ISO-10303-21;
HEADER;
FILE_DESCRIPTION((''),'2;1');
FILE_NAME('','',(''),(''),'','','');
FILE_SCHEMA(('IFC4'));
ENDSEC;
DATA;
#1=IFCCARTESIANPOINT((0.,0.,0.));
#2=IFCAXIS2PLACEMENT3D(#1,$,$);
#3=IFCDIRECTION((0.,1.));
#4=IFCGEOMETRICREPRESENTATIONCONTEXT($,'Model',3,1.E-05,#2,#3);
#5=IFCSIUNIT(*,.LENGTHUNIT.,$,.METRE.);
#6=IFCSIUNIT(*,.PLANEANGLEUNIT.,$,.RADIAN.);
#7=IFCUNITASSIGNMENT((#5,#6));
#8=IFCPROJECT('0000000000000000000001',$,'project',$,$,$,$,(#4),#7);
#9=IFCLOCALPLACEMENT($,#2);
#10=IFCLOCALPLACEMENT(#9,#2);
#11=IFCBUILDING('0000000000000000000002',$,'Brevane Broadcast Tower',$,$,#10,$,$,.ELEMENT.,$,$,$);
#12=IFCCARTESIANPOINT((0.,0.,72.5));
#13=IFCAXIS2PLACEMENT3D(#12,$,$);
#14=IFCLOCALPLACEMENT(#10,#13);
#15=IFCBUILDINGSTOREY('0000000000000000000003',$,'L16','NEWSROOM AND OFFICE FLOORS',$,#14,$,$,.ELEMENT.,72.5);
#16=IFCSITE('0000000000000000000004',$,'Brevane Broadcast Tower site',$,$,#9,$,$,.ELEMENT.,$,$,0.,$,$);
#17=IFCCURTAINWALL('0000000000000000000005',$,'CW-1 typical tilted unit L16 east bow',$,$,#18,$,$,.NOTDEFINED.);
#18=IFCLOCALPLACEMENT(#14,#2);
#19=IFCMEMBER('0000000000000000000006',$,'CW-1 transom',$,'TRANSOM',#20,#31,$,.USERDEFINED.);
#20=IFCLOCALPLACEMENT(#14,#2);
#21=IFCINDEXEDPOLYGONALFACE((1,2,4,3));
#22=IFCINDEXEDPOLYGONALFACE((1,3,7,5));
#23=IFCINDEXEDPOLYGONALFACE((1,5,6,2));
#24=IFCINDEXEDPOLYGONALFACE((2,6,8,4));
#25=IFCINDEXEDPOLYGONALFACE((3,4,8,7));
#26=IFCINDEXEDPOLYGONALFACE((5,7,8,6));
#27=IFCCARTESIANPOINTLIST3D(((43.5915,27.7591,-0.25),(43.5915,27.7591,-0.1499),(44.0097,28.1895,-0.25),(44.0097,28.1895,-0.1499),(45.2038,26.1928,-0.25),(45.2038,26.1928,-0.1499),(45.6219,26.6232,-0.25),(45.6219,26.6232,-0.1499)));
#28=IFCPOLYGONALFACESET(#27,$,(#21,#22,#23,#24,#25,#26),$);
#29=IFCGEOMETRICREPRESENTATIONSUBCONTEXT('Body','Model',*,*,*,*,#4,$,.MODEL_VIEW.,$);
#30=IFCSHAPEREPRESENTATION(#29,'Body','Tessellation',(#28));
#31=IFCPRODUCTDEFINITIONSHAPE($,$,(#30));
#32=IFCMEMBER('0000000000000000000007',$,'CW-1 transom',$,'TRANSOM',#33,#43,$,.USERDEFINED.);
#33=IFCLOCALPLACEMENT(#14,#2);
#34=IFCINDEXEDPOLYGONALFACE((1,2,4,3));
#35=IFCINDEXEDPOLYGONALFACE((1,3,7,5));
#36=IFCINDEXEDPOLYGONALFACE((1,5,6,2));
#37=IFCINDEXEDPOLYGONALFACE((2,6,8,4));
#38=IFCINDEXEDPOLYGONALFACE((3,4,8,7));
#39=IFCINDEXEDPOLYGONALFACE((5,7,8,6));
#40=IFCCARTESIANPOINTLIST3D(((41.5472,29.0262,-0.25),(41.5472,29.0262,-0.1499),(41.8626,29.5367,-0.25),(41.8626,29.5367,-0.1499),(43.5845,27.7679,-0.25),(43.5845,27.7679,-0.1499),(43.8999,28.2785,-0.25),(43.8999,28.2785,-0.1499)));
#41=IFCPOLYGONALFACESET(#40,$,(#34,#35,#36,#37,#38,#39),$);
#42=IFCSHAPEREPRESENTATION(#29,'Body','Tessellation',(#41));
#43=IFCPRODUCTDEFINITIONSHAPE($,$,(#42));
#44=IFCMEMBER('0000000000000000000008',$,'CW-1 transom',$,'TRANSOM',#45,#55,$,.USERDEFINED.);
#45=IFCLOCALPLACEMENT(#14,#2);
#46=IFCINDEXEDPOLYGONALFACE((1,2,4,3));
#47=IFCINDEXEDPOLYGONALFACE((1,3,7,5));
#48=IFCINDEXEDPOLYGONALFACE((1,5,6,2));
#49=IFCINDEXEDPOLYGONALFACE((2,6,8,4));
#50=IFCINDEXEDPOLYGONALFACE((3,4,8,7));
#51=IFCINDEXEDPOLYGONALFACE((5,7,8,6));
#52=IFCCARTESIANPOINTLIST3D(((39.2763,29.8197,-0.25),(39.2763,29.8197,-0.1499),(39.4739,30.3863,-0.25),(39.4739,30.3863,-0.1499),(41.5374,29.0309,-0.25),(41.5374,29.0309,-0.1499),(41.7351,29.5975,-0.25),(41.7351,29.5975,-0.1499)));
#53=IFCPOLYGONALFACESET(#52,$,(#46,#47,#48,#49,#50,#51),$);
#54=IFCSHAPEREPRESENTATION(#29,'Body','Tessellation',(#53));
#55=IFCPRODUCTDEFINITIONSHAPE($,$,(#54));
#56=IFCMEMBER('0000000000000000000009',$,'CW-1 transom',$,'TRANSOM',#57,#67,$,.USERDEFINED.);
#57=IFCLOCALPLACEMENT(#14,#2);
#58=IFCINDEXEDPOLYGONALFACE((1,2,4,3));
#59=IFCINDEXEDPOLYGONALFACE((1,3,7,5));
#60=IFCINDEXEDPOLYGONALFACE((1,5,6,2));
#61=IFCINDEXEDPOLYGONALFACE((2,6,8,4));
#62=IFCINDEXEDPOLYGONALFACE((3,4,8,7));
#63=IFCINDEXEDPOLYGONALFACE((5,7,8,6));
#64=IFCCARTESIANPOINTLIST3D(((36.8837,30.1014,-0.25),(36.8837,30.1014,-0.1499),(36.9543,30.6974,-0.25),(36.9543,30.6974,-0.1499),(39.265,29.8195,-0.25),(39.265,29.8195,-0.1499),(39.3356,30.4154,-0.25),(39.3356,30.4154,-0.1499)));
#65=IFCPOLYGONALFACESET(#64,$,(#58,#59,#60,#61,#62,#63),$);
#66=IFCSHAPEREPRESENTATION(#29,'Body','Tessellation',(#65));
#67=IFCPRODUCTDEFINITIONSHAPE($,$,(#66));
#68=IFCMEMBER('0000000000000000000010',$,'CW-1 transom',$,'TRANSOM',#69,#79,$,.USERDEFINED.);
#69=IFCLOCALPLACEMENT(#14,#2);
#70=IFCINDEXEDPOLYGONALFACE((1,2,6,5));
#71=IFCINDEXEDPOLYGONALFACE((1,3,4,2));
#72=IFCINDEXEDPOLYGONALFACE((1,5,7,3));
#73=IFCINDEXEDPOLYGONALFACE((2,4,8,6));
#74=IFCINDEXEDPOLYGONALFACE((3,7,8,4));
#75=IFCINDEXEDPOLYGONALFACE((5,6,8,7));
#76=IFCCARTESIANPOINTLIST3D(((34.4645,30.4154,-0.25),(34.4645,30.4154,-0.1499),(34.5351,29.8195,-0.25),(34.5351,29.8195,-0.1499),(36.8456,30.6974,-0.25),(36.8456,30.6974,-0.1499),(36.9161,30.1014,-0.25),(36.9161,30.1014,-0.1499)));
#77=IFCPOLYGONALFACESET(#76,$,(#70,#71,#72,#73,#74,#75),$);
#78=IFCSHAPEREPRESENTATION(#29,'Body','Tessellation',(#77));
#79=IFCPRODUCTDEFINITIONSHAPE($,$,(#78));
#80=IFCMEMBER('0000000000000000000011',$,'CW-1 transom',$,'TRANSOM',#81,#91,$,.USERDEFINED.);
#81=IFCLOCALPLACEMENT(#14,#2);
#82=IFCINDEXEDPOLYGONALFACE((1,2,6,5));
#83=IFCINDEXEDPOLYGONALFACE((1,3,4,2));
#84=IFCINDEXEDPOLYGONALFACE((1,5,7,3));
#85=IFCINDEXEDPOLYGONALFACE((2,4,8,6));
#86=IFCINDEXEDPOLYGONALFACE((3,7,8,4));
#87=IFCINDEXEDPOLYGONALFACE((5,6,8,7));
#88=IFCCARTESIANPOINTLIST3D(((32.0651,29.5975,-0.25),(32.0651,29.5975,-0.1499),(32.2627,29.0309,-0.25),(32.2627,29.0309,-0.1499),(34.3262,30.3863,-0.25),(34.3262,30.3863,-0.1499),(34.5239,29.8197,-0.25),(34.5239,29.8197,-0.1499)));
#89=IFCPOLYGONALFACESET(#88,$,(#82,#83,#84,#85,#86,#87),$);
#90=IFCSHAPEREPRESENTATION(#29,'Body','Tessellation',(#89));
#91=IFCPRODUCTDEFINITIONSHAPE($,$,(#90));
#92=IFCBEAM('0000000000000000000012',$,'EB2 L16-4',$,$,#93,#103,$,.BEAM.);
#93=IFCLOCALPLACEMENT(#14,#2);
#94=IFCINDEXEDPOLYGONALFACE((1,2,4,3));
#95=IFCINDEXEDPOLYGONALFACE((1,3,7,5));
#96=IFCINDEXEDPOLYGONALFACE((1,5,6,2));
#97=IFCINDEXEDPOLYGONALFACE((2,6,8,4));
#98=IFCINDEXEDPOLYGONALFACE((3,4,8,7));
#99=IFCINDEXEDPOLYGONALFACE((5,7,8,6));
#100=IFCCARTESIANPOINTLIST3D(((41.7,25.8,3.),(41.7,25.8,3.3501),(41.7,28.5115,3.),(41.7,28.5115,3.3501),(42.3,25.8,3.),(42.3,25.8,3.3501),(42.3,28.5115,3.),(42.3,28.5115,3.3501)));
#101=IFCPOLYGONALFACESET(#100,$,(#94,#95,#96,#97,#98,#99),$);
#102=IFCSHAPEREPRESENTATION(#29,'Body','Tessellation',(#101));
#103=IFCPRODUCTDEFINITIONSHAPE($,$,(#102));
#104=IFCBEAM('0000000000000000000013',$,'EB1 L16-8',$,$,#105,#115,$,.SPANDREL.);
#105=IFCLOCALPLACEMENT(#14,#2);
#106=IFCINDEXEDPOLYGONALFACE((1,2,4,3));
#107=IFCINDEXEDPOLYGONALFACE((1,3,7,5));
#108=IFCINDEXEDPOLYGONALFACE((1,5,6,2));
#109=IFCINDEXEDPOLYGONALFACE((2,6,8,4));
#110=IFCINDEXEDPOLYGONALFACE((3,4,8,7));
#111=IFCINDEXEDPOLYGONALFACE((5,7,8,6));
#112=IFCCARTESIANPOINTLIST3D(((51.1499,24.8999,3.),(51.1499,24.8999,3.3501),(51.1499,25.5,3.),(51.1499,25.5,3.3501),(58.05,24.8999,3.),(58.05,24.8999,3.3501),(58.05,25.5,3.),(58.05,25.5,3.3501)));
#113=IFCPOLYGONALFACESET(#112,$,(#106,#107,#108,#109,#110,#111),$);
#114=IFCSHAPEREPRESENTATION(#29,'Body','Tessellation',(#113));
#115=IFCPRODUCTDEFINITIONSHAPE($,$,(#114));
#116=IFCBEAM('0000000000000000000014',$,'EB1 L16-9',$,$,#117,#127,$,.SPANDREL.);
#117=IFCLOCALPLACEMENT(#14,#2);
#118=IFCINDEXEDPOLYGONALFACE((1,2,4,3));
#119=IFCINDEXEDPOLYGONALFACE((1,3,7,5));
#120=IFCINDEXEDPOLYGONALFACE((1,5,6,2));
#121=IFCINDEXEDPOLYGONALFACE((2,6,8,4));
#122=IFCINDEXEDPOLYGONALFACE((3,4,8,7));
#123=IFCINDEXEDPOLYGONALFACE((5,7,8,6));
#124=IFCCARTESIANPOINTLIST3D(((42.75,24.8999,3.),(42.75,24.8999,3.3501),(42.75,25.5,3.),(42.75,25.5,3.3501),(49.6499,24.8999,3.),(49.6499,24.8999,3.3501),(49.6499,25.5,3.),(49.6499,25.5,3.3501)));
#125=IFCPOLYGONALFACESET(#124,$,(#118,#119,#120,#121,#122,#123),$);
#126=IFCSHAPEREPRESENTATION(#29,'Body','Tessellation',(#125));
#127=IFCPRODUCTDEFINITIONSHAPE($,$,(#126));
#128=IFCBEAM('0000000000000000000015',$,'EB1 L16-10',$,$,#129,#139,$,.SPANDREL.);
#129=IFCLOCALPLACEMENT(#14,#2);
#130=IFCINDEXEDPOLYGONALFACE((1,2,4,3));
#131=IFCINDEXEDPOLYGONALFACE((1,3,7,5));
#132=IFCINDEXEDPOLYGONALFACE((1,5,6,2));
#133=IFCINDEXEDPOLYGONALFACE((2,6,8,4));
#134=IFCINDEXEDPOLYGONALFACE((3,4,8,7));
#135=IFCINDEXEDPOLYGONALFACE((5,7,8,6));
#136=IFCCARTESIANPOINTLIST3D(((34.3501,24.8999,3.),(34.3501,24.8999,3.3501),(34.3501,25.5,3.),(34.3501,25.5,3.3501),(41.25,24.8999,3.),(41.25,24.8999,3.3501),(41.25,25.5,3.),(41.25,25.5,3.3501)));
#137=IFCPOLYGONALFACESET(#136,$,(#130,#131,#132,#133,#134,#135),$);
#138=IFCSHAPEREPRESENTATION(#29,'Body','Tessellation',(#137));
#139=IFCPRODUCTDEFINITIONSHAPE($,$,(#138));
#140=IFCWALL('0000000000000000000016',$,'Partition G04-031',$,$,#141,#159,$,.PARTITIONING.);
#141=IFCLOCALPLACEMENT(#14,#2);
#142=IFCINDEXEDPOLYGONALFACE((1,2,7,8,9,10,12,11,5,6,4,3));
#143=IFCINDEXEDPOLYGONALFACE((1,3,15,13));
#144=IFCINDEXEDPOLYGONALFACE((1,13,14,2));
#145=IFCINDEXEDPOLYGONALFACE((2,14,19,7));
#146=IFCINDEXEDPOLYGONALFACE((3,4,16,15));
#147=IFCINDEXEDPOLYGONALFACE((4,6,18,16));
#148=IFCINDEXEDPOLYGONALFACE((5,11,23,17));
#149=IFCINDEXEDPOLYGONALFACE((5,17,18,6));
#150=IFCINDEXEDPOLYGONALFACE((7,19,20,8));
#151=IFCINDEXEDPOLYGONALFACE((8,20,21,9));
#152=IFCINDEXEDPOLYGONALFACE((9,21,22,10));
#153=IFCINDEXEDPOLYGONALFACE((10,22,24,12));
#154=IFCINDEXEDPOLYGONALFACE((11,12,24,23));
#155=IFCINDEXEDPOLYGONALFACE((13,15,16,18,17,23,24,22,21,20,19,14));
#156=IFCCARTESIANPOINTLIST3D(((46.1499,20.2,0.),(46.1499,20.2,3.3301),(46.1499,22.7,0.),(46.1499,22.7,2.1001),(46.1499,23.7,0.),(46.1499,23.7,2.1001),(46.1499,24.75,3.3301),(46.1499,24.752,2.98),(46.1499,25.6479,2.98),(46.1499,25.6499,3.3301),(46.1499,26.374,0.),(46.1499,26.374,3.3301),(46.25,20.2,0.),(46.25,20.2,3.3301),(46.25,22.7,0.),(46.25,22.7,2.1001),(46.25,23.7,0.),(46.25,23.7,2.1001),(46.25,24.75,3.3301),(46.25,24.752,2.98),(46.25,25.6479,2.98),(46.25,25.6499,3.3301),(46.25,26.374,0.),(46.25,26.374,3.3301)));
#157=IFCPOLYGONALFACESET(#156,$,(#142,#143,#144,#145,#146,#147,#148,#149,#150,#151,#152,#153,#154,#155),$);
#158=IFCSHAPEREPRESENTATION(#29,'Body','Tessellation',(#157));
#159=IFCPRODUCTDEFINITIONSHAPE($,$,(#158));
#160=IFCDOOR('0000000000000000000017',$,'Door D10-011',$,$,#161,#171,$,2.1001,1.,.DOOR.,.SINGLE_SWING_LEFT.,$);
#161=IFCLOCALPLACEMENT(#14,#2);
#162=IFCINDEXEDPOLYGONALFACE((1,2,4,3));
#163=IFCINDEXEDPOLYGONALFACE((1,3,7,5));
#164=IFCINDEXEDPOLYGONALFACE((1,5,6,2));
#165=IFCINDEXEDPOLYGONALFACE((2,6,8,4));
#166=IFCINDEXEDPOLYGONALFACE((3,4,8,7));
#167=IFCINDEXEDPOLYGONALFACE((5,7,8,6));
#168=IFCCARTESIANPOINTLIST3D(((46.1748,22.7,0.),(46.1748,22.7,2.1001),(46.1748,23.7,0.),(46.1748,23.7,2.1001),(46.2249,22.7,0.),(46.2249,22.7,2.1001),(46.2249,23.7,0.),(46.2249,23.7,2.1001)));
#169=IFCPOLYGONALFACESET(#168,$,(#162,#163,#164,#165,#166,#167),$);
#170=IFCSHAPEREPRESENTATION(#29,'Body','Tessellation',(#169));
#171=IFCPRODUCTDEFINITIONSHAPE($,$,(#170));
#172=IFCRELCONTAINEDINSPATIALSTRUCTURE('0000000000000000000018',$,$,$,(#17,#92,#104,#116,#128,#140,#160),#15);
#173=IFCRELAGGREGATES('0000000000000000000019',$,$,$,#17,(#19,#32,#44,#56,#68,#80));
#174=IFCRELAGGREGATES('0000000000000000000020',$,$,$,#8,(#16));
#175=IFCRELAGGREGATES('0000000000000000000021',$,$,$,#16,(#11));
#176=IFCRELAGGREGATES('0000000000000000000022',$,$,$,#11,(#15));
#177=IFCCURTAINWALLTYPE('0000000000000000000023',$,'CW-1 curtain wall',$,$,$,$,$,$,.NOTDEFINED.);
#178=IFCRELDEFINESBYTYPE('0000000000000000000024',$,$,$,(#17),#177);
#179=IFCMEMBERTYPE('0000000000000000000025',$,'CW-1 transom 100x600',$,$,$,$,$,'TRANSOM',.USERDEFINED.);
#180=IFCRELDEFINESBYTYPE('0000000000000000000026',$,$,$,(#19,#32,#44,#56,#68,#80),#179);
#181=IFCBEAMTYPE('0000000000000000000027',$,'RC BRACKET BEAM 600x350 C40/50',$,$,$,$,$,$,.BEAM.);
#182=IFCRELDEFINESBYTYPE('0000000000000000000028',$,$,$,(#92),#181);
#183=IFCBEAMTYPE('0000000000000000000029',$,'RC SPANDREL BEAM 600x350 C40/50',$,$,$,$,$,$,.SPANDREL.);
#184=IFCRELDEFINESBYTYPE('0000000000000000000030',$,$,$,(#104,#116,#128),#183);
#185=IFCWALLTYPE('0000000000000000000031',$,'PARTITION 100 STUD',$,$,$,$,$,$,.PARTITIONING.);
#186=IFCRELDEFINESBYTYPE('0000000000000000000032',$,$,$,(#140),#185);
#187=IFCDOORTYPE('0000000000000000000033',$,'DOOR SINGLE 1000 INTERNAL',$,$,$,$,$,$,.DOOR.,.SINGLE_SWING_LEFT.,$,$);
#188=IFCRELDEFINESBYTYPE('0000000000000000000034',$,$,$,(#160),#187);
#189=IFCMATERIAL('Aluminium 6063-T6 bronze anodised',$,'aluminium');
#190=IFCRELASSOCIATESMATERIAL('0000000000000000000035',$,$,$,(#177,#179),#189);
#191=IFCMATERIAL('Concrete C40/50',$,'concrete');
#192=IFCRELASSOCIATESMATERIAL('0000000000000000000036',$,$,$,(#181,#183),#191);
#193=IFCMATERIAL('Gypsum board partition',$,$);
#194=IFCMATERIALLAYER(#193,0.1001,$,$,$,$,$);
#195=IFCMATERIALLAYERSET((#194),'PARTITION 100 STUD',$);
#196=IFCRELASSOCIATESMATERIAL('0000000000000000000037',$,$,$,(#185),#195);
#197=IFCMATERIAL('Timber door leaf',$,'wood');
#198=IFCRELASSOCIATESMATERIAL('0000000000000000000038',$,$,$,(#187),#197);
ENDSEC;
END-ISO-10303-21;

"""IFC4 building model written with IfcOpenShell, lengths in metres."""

from ifc_helpers import new_model, si_unit, direction, frame, frame_2d, origin, origin_2d, place, context, subcontext, project, spatial, polyline, rectangle, outline, extrude, material, layer, layer_set, material_profile, profile_set, type_object, element, fill, aggregate, save


model = new_model("IFC4")

# Units and contexts
model_context = context("Model", 3, precision=1e-05, world=origin(), true_north=direction((0.0, 1.0)))
body_context = subcontext(model_context, "Body", "Model", "MODEL_VIEW")
ifc_project = project(units=[si_unit("LENGTHUNIT", "METRE"), si_unit("PLANEANGLEUNIT", "RADIAN")], contexts=[model_context])

# Site, building, storey
site_placement = place(None, origin())
site = spatial("IfcSite", under=ifc_project, at=site_placement, Name="Brevane Broadcast Tower site", CompositionType="ELEMENT", RefElevation=0.0)
building_placement = place(site_placement, origin())
building = spatial("IfcBuilding", under=site, at=building_placement, Name="Brevane Broadcast Tower", CompositionType="ELEMENT")
storey_placement = place(building_placement, frame((0.0, 0.0, 72.5)))
storey = spatial("IfcBuildingStorey", under=building, at=storey_placement, Name="L16", Description="NEWSROOM AND OFFICE FLOORS", CompositionType="ELEMENT", Elevation=72.5)

# Shared definitions
ifc_material_1 = material(Name="Aluminium 6063-T6 bronze anodised", Category="aluminium")
curtain_wall_type = type_object("IfcCurtainWallType", Name="CW-1 curtain wall", PredefinedType="NOTDEFINED", material=ifc_material_1)

# Curtain wall
curtain_wall_1_placement = place(storey_placement, origin())
curtain_wall_1 = element("IfcCurtainWall", 1, at=curtain_wall_1_placement, inside=storey, type_object=curtain_wall_type, Name="CW-1 typical tilted unit L16 east bow", PredefinedType="NOTDEFINED")

# Members
ifc_material_profile_1 = material_profile(ifc_material_1, rectangle(XDim=0.6001, YDim=0.1001, at=origin_2d()), Name="RECT 100x600")
ifc_profile_set_1 = profile_set([ifc_material_profile_1], Name="Aluminium 6063-T6 bronze anodised")
member_type_1 = type_object("IfcMemberType", Name="CW-1 transom 100x600", ElementType="TRANSOM", PredefinedType="USERDEFINED", material=ifc_profile_set_1)
member_1_placement = place(storey_placement, frame((45.4128, 26.408, -0.2), z_axis=(-0.717242, 0.696824, 0.0), x_axis=(-0.696824, -0.717242, 0.0)))
member_1 = element("IfcMember", 2, at=member_1_placement, type_object=member_type_1, Name="CW-1 transom", ObjectType="TRANSOM", PredefinedType="USERDEFINED", context=body_context, shape_type="SweptSolid", body=[
    extrude(rectangle(XDim=0.6001, YDim=0.1001, at=origin_2d()), origin(), (0.0, 0.0, 1.0), 2.2478),
])
member_2_placement = place(storey_placement, frame((43.7422, 28.0232, -0.2), z_axis=(-0.85081, 0.525473, 0.0), x_axis=(-0.525473, -0.85081, 0.0)))
member_2 = element("IfcMember", 3, at=member_2_placement, type_object=member_type_1, Name="CW-1 transom", ObjectType="TRANSOM", PredefinedType="USERDEFINED", context=body_context, shape_type="SweptSolid", body=[
    extrude(rectangle(XDim=0.6001, YDim=0.1001, at=origin_2d()), origin(), (0.0, 0.0, 1.0), 2.3945),
])
member_3_placement = place(storey_placement, frame((41.6362, 29.3142, -0.2), z_axis=(-0.944198, 0.329378, 0.0), x_axis=(-0.329378, -0.944198, 0.0)))
member_3 = element("IfcMember", 4, at=member_3_placement, type_object=member_type_1, Name="CW-1 transom", ObjectType="TRANSOM", PredefinedType="USERDEFINED", context=body_context, shape_type="SweptSolid", body=[
    extrude(rectangle(XDim=0.6001, YDim=0.1001, at=origin_2d()), origin(), (0.0, 0.0, 1.0), 2.3948),
])
member_4_placement = place(storey_placement, frame((39.3003, 30.1174, -0.2), z_axis=(-0.993062, 0.117591, 0.0), x_axis=(-0.117591, -0.993062, 0.0)))
member_4 = element("IfcMember", 5, at=member_4_placement, type_object=member_type_1, Name="CW-1 transom", ObjectType="TRANSOM", PredefinedType="USERDEFINED", context=body_context, shape_type="SweptSolid", body=[
    extrude(rectangle(XDim=0.6001, YDim=0.1001, at=origin_2d()), origin(), (0.0, 0.0, 1.0), 2.3979),
])
member_5_placement = place(storey_placement, frame((36.8809, 30.3994, -0.2), z_axis=(-0.993061, -0.117603, 0.0), x_axis=(0.117603, -0.993061, 0.0)))
member_5 = element("IfcMember", 6, at=member_5_placement, type_object=member_type_1, Name="CW-1 transom", ObjectType="TRANSOM", PredefinedType="USERDEFINED", context=body_context, shape_type="SweptSolid", body=[
    extrude(rectangle(XDim=0.6001, YDim=0.1001, at=origin_2d()), origin(), (0.0, 0.0, 1.0), 2.3977),
])
member_6_placement = place(storey_placement, frame((34.425, 30.103, -0.2), z_axis=(-0.944198, -0.329378, 0.0), x_axis=(0.329378, -0.944198, 0.0)))
member_6 = element("IfcMember", 7, at=member_6_placement, type_object=member_type_1, Name="CW-1 transom", ObjectType="TRANSOM", PredefinedType="USERDEFINED", context=body_context, shape_type="SweptSolid", body=[
    extrude(rectangle(XDim=0.6001, YDim=0.1001, at=origin_2d()), origin(), (0.0, 0.0, 1.0), 2.3948),
])
aggregate(curtain_wall_1, [member_1, member_2, member_3, member_4, member_5, member_6])

# Beams
ifc_material_2 = material(Name="Concrete C40/50", Category="concrete")
ifc_material_profile_2 = material_profile(ifc_material_2, rectangle(XDim=0.6001, YDim=0.3501, at=origin_2d()), Name="RC 600x350")
ifc_profile_set_2 = profile_set([ifc_material_profile_2], Name="Concrete C40/50")
beam_type_1 = type_object("IfcBeamType", Name="RC BRACKET BEAM 600x350 C40/50", PredefinedType="BEAM", material=ifc_profile_set_2)
beam_1_placement = place(storey_placement, frame((42.0, 25.8, 3.175), z_axis=(0.0, 1.0, 0.0), x_axis=(-1.0, 0.0, 0.0)))
element("IfcBeam", 8, at=beam_1_placement, inside=storey, type_object=beam_type_1, Name="EB2 L16-4", PredefinedType="BEAM", context=body_context, shape_type="SweptSolid", body=[
    extrude(rectangle(XDim=0.6001, YDim=0.3501, at=origin_2d()), origin(), (0.0, 0.0, 1.0), 2.7114),
])
ifc_material_profile_3 = material_profile(ifc_material_2, rectangle(XDim=0.6001, YDim=0.3501, at=origin_2d()), Name="RC 600x350")
ifc_profile_set_3 = profile_set([ifc_material_profile_3], Name="Concrete C40/50")
beam_type_2 = type_object("IfcBeamType", Name="RC SPANDREL BEAM 600x350 C40/50", PredefinedType="SPANDREL", material=ifc_profile_set_3)
beam_2_placement = place(storey_placement, frame((58.05, 25.2, 3.175), z_axis=(-1.0, 0.0, 0.0), x_axis=(0.0, -1.0, 0.0)))
element("IfcBeam", 9, at=beam_2_placement, inside=storey, type_object=beam_type_2, Name="EB1 L16-8", PredefinedType="SPANDREL", context=body_context, shape_type="SweptSolid", body=[
    extrude(rectangle(XDim=0.6001, YDim=0.3501, at=origin_2d()), origin(), (0.0, 0.0, 1.0), 6.9001),
])
for number, where, z_axis, x_axis, name in (
    (10, (49.6499, 25.2, 3.175), (-1.0, 0.0, 0.0), (0.0, -1.0, 0.0), "EB1 L16-9"),
    (11, (41.25, 25.2, 3.175), (-1.0, 0.0, 0.0), (0.0, -1.0, 0.0), "EB1 L16-10"),
):
    element("IfcBeam", number, at=place(storey_placement, frame(where, z_axis=z_axis, x_axis=x_axis)), inside=storey, type_object=beam_type_2, Name=name, PredefinedType="SPANDREL", context=body_context, shape_type="SweptSolid", body=[
        extrude(rectangle(XDim=0.6001, YDim=0.3501, at=origin_2d()), origin(), (0.0, 0.0, 1.0), 6.8999),
    ])

# Wall, opening, door
ifc_material_3 = material(Name="Gypsum board partition")
ifc_layer_1 = layer(ifc_material_3, 0.1001)
ifc_layer_set_1 = layer_set([ifc_layer_1], Name="PARTITION 100 STUD")
wall_type_1 = type_object("IfcWallType", Name="PARTITION 100 STUD", PredefinedType="PARTITIONING", material=ifc_layer_set_1)
wall_1_placement = place(storey_placement, frame((46.2, 26.374, 0.0), z_axis=(0.0, 0.0, 1.0), x_axis=(0.0, -1.0, 0.0)))
wall_1 = element("IfcWall", 12, at=wall_1_placement, inside=storey, type_object=wall_type_1, Name="Partition G04-031", PredefinedType="PARTITIONING", context=body_context, shape_type="SweptSolid", body=[
    extrude(outline(polyline([(0.0, 0.0), (6.1741, 0.0), (6.1741, 3.3301), (1.624, 3.3301), (1.6221, 2.98), (0.7261, 2.98), (0.7241, 3.3301), (0.074, 3.3301), (0.0, 3.3301), (0.0, 0.0)])), frame((0.0, 0.05, 0.0), z_axis=(0.0, -1.0, 0.0), x_axis=(1.0, 0.0, 0.0)), (0.0, 0.0, 1.0), 0.1001),
])
opening_placement = place(wall_1_placement, frame((2.6741, 0.0, 0.0)))
opening = element("IfcOpeningElement", 13, at=opening_placement, cuts=wall_1, PredefinedType="OPENING", context=body_context, shape_type="SweptSolid", body=[
    extrude(rectangle(XDim=1.0, YDim=2.1001, at=frame_2d((0.5, 1.05))), frame((0.0, 0.0601, 0.0), z_axis=(0.0, -1.0, 0.0), x_axis=(1.0, 0.0, 0.0)), (0.0, 0.0, 1.0), 0.1201),
])
ifc_material_4 = material(Name="Timber door leaf", Category="wood")
door_type = type_object("IfcDoorType", Name="DOOR SINGLE 1000 INTERNAL", OperationType="SINGLE_SWING_LEFT", PredefinedType="DOOR", material=ifc_material_4)
door_placement = place(opening_placement, origin())
door = element("IfcDoor", 14, at=door_placement, inside=storey, type_object=door_type, Name="Door D10-011", OperationType="SINGLE_SWING_LEFT", OverallHeight=2.1001, OverallWidth=1.0, PredefinedType="DOOR", context=body_context, shape_type="SweptSolid", body=[
    extrude(rectangle(XDim=1.0, YDim=2.1001, at=frame_2d((0.5, 1.05))), frame((0.0, 0.0249, 0.0), z_axis=(0.0, -1.0, 0.0), x_axis=(1.0, 0.0, 0.0)), (0.0, 0.0, 1.0), 0.05),
])
fill(opening, door)

save(model, "model.ifc")
